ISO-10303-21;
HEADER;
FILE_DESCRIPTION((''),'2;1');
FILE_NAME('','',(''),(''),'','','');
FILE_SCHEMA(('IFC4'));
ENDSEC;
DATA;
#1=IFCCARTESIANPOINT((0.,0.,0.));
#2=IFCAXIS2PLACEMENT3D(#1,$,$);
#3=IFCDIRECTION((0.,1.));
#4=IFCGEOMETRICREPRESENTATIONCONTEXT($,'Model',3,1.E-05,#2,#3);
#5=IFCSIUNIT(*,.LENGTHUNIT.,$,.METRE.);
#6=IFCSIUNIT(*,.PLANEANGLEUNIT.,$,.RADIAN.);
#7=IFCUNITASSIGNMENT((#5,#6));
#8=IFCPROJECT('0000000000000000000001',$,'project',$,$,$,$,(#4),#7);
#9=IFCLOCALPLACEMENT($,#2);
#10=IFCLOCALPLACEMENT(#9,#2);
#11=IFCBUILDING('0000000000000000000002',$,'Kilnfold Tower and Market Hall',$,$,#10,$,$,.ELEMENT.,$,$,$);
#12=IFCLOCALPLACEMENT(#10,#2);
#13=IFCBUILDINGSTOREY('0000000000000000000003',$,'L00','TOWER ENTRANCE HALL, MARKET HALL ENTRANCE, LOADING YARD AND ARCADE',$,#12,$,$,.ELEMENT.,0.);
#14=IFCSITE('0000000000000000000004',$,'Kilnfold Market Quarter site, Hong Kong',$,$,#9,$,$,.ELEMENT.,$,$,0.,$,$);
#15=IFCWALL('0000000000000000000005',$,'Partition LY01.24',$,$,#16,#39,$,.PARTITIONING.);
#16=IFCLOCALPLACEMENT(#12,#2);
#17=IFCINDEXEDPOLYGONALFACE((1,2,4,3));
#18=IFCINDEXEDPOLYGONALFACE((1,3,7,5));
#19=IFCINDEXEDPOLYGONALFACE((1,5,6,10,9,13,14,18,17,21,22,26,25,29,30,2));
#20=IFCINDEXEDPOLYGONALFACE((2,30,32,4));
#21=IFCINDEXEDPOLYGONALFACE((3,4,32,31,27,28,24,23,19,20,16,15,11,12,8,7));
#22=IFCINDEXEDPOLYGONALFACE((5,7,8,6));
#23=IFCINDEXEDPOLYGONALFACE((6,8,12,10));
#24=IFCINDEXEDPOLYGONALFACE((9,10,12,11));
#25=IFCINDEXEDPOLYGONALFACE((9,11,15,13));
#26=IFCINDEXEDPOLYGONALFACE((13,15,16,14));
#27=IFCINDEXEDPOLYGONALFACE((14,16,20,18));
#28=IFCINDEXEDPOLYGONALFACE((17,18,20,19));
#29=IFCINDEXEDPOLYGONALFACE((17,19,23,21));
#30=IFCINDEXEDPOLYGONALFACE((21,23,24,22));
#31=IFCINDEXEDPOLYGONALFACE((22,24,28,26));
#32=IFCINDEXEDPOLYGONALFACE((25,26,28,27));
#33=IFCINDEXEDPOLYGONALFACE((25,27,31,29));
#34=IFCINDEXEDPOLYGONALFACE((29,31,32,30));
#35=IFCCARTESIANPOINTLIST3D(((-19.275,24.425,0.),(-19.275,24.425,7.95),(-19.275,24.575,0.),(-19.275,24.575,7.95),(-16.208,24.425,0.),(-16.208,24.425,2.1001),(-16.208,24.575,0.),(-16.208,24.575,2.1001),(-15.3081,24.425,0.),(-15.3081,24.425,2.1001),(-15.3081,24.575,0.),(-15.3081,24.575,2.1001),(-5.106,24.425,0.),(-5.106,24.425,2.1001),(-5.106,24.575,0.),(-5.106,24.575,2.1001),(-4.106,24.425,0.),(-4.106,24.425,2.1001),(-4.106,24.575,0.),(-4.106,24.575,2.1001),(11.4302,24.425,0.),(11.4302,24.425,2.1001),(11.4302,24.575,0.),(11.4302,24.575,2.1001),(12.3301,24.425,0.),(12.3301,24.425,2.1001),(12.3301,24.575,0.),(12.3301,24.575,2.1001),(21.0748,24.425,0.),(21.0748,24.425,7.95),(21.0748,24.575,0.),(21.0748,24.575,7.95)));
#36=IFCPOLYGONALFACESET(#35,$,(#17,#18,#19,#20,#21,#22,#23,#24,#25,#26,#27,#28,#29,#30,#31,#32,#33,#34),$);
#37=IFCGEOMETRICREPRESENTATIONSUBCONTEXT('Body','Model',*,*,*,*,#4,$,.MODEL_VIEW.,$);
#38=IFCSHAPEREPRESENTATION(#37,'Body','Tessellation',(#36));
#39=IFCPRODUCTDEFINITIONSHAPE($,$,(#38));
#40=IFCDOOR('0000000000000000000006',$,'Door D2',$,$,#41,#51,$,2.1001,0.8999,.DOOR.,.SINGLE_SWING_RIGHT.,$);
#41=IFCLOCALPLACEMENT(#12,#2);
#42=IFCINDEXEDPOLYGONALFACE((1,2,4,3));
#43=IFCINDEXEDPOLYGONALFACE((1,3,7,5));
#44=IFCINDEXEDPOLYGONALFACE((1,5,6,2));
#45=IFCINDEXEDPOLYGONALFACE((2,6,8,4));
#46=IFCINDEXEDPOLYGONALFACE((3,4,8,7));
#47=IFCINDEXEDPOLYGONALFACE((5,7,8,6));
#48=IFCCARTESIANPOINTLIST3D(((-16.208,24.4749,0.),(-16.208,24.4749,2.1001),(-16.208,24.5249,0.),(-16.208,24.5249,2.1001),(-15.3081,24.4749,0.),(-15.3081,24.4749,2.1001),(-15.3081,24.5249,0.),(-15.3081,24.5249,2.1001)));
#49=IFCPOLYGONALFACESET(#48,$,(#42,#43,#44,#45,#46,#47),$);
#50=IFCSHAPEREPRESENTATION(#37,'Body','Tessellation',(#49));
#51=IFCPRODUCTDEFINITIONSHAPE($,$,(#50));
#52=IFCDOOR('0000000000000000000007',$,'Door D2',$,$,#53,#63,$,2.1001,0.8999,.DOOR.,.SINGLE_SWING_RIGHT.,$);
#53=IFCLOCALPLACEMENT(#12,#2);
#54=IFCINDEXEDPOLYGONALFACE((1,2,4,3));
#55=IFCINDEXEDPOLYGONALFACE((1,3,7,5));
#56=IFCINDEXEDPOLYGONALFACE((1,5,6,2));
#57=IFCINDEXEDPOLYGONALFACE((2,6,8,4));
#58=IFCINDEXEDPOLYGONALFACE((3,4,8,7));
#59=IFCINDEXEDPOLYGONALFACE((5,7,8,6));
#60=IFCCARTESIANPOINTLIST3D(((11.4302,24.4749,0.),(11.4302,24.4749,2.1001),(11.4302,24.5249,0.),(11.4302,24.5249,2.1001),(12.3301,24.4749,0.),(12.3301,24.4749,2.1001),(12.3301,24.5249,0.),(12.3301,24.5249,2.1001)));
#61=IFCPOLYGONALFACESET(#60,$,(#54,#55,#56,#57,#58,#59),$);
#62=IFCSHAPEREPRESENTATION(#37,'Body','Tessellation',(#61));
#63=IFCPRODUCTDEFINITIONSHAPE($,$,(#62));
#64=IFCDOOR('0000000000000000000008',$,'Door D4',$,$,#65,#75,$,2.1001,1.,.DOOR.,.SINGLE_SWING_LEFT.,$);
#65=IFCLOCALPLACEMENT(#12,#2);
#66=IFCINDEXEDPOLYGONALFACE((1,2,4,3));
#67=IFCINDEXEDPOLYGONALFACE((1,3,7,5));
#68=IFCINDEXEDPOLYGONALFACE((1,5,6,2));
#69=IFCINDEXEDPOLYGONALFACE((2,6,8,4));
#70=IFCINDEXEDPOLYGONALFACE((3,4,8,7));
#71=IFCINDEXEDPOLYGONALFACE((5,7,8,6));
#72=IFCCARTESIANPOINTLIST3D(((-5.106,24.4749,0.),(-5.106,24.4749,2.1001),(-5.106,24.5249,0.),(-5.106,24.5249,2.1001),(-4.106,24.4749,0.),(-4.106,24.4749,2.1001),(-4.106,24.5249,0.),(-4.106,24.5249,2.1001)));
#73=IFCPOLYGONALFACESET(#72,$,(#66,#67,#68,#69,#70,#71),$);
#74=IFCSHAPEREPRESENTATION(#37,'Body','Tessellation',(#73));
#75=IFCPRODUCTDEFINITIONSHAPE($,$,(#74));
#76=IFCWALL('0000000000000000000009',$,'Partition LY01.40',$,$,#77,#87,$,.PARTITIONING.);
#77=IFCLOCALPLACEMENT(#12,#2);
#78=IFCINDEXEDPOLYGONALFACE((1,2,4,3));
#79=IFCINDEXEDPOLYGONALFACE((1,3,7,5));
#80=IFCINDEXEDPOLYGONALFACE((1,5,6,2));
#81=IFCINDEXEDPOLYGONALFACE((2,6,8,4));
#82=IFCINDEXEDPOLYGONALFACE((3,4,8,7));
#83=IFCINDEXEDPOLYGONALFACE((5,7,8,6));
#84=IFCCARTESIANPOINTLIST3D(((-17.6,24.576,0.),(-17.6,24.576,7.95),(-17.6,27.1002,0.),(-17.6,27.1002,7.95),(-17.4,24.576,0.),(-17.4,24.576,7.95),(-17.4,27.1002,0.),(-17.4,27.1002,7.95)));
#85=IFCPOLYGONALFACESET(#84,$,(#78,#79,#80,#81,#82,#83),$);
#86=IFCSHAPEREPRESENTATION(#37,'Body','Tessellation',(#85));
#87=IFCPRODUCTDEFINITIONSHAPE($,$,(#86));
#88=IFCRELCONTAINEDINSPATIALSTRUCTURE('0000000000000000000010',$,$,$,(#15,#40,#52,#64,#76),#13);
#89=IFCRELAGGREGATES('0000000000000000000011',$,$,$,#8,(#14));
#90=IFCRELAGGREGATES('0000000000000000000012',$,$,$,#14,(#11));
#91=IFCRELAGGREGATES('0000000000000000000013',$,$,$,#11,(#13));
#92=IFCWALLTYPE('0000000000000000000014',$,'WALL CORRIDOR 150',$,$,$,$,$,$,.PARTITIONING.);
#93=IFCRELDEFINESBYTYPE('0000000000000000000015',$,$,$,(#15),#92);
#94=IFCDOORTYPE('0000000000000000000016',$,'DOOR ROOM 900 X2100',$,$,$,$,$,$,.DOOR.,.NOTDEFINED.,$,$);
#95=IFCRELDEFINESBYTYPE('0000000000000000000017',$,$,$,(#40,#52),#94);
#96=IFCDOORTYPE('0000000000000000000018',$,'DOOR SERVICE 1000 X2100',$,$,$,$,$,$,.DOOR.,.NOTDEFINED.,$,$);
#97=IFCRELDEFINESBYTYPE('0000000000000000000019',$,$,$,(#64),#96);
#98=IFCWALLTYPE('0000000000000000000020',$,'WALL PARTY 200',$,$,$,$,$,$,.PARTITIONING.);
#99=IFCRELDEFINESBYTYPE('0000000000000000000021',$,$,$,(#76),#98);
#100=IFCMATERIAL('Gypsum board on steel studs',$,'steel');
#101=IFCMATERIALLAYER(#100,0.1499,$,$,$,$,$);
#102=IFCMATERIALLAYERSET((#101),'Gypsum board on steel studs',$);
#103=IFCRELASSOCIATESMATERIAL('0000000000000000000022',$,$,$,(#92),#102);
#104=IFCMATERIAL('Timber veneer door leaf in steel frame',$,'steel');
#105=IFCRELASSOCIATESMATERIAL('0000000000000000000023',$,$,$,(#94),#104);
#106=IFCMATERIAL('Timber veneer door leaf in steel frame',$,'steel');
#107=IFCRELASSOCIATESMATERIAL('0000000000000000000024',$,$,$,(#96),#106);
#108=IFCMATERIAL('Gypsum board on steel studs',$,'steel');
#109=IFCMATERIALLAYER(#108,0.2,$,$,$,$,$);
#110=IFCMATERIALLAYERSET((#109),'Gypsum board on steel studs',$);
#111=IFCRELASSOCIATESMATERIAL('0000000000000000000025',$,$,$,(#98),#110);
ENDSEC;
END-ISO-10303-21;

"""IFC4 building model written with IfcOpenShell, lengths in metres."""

from ifc_helpers import new_model, si_unit, direction, frame, frame_2d, origin, place, context, subcontext, project, spatial, rectangle, extrude, material, layer, layer_set, type_object, element, fill, save


model = new_model("IFC4")

# Units and contexts
model_context = context("Model", 3, precision=1e-05, world=origin(), true_north=direction((0.0, 1.0)))
body_context = subcontext(model_context, "Body", "Model", "MODEL_VIEW")
ifc_project = project(units=[si_unit("LENGTHUNIT", "METRE"), si_unit("PLANEANGLEUNIT", "RADIAN")], contexts=[model_context])

# Site, building, storey
site_placement = place(None, origin())
site = spatial("IfcSite", under=ifc_project, at=site_placement, Name="Kilnfold Market Quarter site, Hong Kong", CompositionType="ELEMENT", RefElevation=0.0)
building_placement = place(site_placement, origin())
building = spatial("IfcBuilding", under=site, at=building_placement, Name="Kilnfold Tower and Market Hall", CompositionType="ELEMENT")
storey_placement = place(building_placement, origin())
storey = spatial("IfcBuildingStorey", under=building, at=storey_placement, Name="L00", Description="TOWER ENTRANCE HALL, MARKET HALL ENTRANCE, LOADING YARD AND ARCADE", CompositionType="ELEMENT", Elevation=0.0)

# Wall, openings, doors
ifc_material_1 = material(Name="Gypsum board on steel studs", Category="steel")
ifc_layer_1 = layer(ifc_material_1, 0.1499)
ifc_layer_set_1 = layer_set([ifc_layer_1], Name="Gypsum board on steel studs")
wall_type_1 = type_object("IfcWallType", Name="WALL CORRIDOR 150", PredefinedType="PARTITIONING", material=ifc_layer_set_1)
wall_1_placement = place(storey_placement, frame((-19.2749, 24.5, 0.0), z_axis=(0.0, 0.0, 1.0), x_axis=(1.0, 0.0, 0.0)))
wall_1 = element("IfcWall", 1, at=wall_1_placement, inside=storey, type_object=wall_type_1, Name="Partition LY01.24", PredefinedType="PARTITIONING", context=body_context, shape_type="SweptSolid", body=[
    extrude(rectangle(XDim=40.3499, YDim=0.1499, at=frame_2d((20.1748, 0.0))), origin(), (0.0, 0.0, 1.0), 7.95),
])
opening_1_placement = place(wall_1_placement, frame((3.0669, 0.0, 0.0)))
opening_1 = element("IfcOpeningElement", 2, at=opening_1_placement, cuts=wall_1, PredefinedType="OPENING", context=body_context, shape_type="SweptSolid", body=[
    extrude(rectangle(XDim=0.8999, YDim=2.1001, at=frame_2d((0.45, 1.05))), frame((0.0, 0.085, 0.0), z_axis=(0.0, -1.0, 0.0), x_axis=(1.0, 0.0, 0.0)), (0.0, 0.0, 1.0), 0.1699),
])
opening_2_placement = place(wall_1_placement, frame((14.1689, 0.0, 0.0)))
opening_2 = element("IfcOpeningElement", 3, at=opening_2_placement, cuts=wall_1, PredefinedType="OPENING", context=body_context, shape_type="SweptSolid", body=[
    extrude(rectangle(XDim=1.0, YDim=2.1001, at=frame_2d((0.5, 1.05))), frame((0.0, 0.085, 0.0), z_axis=(0.0, -1.0, 0.0), x_axis=(1.0, 0.0, 0.0)), (0.0, 0.0, 1.0), 0.1699),
])
opening_3_placement = place(wall_1_placement, frame((30.7051, 0.0, 0.0)))
opening_3 = element("IfcOpeningElement", 4, at=opening_3_placement, cuts=wall_1, PredefinedType="OPENING", context=body_context, shape_type="SweptSolid", body=[
    extrude(rectangle(XDim=0.8999, YDim=2.1001, at=frame_2d((0.45, 1.05))), frame((0.0, 0.085, 0.0), z_axis=(0.0, -1.0, 0.0), x_axis=(1.0, 0.0, 0.0)), (0.0, 0.0, 1.0), 0.1699),
])
ifc_material_2 = material(Name="Timber veneer door leaf in steel frame", Category="steel")
door_type_1 = type_object("IfcDoorType", Name="DOOR ROOM 900 X2100", OperationType="NOTDEFINED", PredefinedType="DOOR", material=ifc_material_2)
door_1_placement = place(opening_1_placement, origin())
door_1 = element("IfcDoor", 5, at=door_1_placement, inside=storey, type_object=door_type_1, Name="Door D2", OperationType="SINGLE_SWING_RIGHT", OverallHeight=2.1001, OverallWidth=0.8999, PredefinedType="DOOR", context=body_context, shape_type="SweptSolid", body=[
    extrude(rectangle(XDim=0.8999, YDim=2.1001, at=frame_2d((0.45, 1.05))), frame((0.0, 0.0249, 0.0), z_axis=(0.0, -1.0, 0.0), x_axis=(1.0, 0.0, 0.0)), (0.0, 0.0, 1.0), 0.05),
])
fill(opening_1, door_1)
door_2_placement = place(opening_3_placement, origin())
door_2 = element("IfcDoor", 6, at=door_2_placement, inside=storey, type_object=door_type_1, Name="Door D2", OperationType="SINGLE_SWING_RIGHT", OverallHeight=2.1001, OverallWidth=0.8999, PredefinedType="DOOR", context=body_context, shape_type="SweptSolid", body=[
    extrude(rectangle(XDim=0.8999, YDim=2.1001, at=frame_2d((0.45, 1.05))), frame((0.0, 0.0249, 0.0), z_axis=(0.0, -1.0, 0.0), x_axis=(1.0, 0.0, 0.0)), (0.0, 0.0, 1.0), 0.05),
])
fill(opening_3, door_2)
ifc_material_3 = material(Name="Timber veneer door leaf in steel frame", Category="steel")
door_type_2 = type_object("IfcDoorType", Name="DOOR SERVICE 1000 X2100", OperationType="NOTDEFINED", PredefinedType="DOOR", material=ifc_material_3)
door_3_placement = place(opening_2_placement, origin())
door_3 = element("IfcDoor", 7, at=door_3_placement, inside=storey, type_object=door_type_2, Name="Door D4", OperationType="SINGLE_SWING_LEFT", OverallHeight=2.1001, OverallWidth=1.0, PredefinedType="DOOR", context=body_context, shape_type="SweptSolid", body=[
    extrude(rectangle(XDim=1.0, YDim=2.1001, at=frame_2d((0.5, 1.05))), frame((0.0, 0.0249, 0.0), z_axis=(0.0, -1.0, 0.0), x_axis=(1.0, 0.0, 0.0)), (0.0, 0.0, 1.0), 0.05),
])
fill(opening_2, door_3)

# Wall
ifc_material_4 = material(Name="Gypsum board on steel studs", Category="steel")
ifc_layer_2 = layer(ifc_material_4, 0.2)
ifc_layer_set_2 = layer_set([ifc_layer_2], Name="Gypsum board on steel studs")
wall_type_2 = type_object("IfcWallType", Name="WALL PARTY 200", PredefinedType="PARTITIONING", material=ifc_layer_set_2)
wall_2_placement = place(storey_placement, frame((-17.5, 24.5759, 0.0), z_axis=(0.0, 0.0, 1.0), x_axis=(0.0, 1.0, 0.0)))
element("IfcWall", 8, at=wall_2_placement, inside=storey, type_object=wall_type_2, Name="Partition LY01.40", PredefinedType="PARTITIONING", context=body_context, shape_type="SweptSolid", body=[
    extrude(rectangle(XDim=2.5242, YDim=0.2, at=frame_2d((1.2622, 0.0))), origin(), (0.0, 0.0, 1.0), 7.95),
])

save(model, "model.ifc")
